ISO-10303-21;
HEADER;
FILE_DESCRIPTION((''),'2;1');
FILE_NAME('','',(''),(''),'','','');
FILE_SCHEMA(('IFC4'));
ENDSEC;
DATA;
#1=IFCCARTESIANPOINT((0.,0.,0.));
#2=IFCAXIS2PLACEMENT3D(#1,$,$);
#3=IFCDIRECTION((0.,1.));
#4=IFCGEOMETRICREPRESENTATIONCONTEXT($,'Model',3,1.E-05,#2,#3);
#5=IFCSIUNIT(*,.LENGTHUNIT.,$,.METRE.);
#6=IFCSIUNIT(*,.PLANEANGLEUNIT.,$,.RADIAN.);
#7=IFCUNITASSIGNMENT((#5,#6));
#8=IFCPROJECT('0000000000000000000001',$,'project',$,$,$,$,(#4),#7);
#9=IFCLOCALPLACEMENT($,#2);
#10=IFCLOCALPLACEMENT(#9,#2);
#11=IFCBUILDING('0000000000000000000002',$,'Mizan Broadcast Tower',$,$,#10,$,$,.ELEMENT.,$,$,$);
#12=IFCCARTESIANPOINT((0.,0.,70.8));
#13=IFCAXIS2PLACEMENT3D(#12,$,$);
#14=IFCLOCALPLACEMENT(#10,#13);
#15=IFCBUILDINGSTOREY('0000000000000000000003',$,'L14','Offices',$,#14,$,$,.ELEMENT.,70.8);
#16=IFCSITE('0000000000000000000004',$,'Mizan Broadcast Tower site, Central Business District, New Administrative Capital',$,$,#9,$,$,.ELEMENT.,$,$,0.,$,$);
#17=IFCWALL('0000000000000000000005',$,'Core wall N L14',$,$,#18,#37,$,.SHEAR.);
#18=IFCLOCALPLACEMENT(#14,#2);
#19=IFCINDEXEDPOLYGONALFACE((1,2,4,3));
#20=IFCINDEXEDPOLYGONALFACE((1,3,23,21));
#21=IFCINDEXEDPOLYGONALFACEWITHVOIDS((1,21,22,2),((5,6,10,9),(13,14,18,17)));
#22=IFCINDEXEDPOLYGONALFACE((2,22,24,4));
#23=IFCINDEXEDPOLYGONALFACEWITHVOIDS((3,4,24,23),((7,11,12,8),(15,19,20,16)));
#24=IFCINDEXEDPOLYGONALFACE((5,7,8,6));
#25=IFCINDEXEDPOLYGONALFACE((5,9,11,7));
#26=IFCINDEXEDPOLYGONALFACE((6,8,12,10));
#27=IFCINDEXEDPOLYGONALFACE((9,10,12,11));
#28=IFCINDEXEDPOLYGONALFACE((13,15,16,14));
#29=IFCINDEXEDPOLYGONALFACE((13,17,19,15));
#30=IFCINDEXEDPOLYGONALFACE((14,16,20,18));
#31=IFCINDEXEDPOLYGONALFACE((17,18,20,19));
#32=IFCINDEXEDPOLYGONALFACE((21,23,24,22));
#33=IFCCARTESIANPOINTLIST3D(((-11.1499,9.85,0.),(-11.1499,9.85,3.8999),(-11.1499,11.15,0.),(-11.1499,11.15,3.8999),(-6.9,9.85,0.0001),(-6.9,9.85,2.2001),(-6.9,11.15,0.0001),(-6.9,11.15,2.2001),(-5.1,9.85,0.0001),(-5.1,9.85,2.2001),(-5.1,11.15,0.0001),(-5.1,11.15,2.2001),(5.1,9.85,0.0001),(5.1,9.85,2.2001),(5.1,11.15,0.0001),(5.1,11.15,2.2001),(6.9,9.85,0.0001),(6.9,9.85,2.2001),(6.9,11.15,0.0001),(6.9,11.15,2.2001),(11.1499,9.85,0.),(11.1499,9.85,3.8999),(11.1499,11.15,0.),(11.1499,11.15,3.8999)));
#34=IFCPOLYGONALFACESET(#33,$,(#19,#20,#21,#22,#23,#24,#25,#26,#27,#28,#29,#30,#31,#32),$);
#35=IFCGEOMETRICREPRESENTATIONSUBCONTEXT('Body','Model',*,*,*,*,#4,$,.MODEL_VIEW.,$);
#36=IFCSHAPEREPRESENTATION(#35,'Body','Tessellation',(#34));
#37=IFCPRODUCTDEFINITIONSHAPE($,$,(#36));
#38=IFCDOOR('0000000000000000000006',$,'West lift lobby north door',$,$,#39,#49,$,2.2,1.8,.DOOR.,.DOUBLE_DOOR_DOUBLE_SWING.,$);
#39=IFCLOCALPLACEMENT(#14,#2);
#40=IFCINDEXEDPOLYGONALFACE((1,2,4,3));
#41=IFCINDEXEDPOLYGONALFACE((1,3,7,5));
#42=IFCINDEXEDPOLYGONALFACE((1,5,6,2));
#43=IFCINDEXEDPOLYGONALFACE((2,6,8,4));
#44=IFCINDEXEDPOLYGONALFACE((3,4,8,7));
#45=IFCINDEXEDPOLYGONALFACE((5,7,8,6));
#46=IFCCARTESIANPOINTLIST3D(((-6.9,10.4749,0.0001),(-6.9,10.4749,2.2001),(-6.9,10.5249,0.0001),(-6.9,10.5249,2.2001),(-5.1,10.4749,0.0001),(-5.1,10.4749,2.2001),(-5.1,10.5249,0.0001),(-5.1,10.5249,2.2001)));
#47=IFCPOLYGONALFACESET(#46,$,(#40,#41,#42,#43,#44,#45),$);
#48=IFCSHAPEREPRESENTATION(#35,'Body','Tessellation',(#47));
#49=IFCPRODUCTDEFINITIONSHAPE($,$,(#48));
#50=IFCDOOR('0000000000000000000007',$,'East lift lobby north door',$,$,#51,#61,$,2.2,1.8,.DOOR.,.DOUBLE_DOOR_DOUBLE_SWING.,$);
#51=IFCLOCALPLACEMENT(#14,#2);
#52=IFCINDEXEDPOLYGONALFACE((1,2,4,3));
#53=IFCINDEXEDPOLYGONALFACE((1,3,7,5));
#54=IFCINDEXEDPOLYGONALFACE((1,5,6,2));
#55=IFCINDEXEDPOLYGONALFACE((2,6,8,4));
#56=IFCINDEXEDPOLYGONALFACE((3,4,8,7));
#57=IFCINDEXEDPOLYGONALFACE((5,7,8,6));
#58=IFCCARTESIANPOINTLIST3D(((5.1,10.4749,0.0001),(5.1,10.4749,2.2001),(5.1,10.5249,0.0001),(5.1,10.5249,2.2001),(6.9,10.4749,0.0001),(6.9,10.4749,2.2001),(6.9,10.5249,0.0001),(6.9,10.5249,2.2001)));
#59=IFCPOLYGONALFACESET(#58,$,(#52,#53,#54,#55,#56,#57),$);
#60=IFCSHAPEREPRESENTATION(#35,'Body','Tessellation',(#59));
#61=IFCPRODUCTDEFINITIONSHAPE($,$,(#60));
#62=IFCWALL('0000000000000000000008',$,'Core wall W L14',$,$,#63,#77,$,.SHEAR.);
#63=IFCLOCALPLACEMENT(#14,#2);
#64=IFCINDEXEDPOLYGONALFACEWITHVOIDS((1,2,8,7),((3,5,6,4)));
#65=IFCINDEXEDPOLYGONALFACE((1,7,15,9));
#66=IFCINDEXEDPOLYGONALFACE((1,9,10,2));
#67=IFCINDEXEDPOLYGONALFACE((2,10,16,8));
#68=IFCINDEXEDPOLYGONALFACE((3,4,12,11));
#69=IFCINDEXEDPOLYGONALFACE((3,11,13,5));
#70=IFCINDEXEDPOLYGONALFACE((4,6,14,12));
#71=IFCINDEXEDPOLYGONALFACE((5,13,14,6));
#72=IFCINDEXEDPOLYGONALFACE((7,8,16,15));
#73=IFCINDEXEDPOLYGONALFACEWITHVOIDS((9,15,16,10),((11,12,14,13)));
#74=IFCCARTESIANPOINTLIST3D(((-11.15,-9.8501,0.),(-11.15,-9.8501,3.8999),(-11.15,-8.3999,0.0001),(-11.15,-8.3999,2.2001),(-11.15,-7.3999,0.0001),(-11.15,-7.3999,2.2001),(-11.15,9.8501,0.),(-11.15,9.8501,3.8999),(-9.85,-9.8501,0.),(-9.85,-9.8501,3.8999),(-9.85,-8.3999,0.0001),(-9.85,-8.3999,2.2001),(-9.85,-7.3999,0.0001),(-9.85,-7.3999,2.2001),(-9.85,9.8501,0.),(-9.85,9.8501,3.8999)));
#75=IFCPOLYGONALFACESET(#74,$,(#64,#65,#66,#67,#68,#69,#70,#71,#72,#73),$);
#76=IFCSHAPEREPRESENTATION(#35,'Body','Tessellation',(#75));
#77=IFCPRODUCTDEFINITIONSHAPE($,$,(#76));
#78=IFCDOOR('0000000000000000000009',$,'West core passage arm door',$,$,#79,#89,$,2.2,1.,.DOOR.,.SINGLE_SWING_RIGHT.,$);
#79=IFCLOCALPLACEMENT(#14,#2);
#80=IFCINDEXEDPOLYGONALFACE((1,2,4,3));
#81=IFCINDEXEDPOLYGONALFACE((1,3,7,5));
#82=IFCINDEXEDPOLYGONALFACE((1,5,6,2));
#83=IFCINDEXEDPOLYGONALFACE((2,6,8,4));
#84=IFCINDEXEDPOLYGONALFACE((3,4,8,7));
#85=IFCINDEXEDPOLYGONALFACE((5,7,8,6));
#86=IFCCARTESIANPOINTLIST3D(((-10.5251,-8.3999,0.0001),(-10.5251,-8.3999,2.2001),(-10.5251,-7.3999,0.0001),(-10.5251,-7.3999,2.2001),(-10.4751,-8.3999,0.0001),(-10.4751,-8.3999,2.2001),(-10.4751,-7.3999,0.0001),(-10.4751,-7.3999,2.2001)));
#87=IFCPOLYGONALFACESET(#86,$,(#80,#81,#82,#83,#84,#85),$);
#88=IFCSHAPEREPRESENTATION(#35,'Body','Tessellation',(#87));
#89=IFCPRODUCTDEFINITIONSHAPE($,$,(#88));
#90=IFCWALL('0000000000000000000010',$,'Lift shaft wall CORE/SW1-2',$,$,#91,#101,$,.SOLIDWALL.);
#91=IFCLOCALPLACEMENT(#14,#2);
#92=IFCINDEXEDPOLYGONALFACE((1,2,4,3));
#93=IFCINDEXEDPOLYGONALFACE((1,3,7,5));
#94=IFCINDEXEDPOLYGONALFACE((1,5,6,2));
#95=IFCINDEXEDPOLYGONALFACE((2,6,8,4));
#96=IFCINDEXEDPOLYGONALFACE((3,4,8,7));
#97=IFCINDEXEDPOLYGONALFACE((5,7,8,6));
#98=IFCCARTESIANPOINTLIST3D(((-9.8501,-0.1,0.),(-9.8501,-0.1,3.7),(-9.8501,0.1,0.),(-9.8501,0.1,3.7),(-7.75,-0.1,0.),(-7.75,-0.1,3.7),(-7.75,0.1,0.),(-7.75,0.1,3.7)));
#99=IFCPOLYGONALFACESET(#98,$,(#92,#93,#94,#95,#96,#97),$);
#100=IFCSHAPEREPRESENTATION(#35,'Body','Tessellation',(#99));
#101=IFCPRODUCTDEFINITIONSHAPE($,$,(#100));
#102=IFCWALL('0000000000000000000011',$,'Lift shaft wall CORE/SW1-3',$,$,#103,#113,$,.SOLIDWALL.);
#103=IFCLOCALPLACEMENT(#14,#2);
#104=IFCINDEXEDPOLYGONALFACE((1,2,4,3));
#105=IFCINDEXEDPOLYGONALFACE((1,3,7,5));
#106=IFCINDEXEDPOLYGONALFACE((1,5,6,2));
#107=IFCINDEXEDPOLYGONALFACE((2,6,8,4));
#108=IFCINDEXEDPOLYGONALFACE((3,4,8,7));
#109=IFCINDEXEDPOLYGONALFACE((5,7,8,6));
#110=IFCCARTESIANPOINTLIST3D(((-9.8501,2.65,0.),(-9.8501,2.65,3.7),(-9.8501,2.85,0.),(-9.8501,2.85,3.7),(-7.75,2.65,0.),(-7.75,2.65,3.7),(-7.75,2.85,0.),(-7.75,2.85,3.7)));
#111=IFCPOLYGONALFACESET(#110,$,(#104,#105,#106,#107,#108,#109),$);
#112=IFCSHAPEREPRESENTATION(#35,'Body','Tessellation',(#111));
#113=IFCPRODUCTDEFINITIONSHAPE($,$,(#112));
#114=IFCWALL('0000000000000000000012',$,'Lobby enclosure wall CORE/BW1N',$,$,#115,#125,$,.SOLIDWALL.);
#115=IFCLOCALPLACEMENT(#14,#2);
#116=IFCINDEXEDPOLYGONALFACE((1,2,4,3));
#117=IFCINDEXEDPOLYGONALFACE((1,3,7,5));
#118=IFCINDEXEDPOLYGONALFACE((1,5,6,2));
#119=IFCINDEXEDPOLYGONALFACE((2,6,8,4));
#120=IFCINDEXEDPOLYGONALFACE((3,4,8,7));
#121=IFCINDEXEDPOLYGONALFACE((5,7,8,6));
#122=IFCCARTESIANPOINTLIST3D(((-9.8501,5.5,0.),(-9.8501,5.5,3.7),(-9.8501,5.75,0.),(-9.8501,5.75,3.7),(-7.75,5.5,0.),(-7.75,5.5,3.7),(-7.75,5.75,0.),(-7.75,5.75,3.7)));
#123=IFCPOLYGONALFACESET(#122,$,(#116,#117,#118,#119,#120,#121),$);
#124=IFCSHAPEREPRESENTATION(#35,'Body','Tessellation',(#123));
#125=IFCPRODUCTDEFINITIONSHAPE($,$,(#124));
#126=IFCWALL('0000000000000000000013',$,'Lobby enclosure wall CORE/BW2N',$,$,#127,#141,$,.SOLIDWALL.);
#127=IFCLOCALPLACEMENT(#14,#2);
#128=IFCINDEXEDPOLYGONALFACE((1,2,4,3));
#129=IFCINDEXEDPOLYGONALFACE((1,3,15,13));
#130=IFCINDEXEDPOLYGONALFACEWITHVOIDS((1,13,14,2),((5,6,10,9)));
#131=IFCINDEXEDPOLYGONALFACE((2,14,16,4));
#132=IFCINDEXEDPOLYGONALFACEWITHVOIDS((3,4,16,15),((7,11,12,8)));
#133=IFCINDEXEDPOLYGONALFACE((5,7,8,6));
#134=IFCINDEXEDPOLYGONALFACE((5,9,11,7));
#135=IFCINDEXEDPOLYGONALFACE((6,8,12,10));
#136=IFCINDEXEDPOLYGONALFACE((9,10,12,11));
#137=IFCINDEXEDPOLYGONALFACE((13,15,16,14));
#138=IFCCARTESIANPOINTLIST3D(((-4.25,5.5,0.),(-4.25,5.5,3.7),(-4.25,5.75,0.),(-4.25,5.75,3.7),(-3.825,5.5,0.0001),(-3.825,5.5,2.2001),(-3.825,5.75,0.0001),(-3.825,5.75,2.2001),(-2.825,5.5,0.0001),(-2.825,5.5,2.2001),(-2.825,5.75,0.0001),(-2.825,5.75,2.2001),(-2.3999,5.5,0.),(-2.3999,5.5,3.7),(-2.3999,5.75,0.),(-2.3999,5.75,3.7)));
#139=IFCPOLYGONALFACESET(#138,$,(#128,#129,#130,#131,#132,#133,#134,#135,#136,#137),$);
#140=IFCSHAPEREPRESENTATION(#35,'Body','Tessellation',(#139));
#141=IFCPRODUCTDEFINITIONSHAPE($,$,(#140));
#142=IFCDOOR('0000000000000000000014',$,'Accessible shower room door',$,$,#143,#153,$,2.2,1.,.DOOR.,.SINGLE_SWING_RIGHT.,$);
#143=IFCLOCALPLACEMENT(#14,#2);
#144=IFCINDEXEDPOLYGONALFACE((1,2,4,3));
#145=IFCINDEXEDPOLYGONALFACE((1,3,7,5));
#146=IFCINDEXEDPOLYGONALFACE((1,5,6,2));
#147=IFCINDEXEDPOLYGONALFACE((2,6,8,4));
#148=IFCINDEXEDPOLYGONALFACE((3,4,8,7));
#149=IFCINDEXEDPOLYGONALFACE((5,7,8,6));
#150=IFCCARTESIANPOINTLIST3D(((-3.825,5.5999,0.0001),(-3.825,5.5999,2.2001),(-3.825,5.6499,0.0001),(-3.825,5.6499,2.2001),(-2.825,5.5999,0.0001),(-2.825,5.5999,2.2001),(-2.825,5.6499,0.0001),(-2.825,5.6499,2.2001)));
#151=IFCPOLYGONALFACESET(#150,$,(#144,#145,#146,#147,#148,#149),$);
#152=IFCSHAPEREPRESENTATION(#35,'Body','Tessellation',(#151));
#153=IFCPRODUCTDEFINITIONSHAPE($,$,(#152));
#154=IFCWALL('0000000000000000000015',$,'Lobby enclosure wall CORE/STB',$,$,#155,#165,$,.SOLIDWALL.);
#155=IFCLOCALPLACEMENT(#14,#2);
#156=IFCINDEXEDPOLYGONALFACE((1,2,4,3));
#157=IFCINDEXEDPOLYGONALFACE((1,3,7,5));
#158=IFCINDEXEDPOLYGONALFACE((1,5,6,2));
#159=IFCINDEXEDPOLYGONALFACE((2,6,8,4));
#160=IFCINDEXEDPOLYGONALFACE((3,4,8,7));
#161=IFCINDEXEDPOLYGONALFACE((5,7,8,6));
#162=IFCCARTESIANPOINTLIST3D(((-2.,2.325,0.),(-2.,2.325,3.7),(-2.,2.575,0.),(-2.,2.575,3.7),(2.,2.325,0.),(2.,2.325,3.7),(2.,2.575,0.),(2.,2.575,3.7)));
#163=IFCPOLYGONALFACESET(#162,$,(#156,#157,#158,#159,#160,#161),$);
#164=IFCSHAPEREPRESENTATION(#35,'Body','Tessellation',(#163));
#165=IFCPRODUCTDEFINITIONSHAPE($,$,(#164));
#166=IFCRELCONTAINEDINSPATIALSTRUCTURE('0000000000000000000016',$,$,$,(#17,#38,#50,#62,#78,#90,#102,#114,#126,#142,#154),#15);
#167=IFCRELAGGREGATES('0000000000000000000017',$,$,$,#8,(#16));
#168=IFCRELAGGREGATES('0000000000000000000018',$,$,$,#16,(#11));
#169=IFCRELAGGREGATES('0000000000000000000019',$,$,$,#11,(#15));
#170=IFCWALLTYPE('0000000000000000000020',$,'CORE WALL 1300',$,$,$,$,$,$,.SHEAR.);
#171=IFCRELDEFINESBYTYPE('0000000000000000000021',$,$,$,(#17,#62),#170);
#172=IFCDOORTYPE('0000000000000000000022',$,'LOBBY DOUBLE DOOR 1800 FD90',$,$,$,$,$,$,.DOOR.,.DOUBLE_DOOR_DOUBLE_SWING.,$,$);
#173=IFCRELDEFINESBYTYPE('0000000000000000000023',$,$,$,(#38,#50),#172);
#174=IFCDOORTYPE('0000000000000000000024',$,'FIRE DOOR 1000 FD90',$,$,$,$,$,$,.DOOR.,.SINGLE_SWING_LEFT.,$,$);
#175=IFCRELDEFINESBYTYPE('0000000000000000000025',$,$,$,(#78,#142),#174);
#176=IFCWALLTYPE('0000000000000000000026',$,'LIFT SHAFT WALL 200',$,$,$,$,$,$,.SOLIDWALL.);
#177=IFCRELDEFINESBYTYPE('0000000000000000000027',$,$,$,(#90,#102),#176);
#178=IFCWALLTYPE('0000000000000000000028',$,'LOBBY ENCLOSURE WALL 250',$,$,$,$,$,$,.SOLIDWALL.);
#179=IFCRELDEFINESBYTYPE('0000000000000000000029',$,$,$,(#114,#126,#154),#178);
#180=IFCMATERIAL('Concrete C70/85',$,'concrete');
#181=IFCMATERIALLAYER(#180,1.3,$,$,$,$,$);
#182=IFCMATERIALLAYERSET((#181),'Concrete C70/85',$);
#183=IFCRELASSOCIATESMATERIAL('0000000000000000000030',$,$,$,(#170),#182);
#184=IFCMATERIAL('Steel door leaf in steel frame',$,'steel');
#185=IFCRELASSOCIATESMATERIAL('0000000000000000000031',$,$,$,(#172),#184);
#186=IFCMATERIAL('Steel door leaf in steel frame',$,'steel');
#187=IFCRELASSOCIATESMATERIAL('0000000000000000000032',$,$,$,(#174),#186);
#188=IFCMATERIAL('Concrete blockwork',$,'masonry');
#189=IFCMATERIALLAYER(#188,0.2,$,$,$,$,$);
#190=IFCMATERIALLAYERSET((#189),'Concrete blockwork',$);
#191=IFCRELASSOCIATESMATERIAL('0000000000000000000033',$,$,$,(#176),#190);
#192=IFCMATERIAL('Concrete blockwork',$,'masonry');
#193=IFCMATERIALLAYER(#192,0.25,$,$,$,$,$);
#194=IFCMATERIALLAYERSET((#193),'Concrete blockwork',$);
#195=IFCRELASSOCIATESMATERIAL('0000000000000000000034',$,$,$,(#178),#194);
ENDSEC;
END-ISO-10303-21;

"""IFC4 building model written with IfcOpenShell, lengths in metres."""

from ifc_helpers import new_model, si_unit, direction, frame, frame_2d, origin, place, context, subcontext, project, spatial, rectangle, extrude, material, layer, layer_set, type_object, element, fill, save


model = new_model("IFC4")

# Units and contexts
model_context = context("Model", 3, precision=1e-05, world=origin(), true_north=direction((0.0, 1.0)))
body_context = subcontext(model_context, "Body", "Model", "MODEL_VIEW")
ifc_project = project(units=[si_unit("LENGTHUNIT", "METRE"), si_unit("PLANEANGLEUNIT", "RADIAN")], contexts=[model_context])

# Site, building, storey
site_placement = place(None, origin())
site = spatial("IfcSite", under=ifc_project, at=site_placement, Name="Mizan Broadcast Tower site, Central Business District, New Administrative Capital", CompositionType="ELEMENT", RefElevation=0.0)
building_placement = place(site_placement, origin())
building = spatial("IfcBuilding", under=site, at=building_placement, Name="Mizan Broadcast Tower", CompositionType="ELEMENT")
storey_placement = place(building_placement, frame((0.0, 0.0, 70.8)))
storey = spatial("IfcBuildingStorey", under=building, at=storey_placement, Name="L14", Description="Offices", CompositionType="ELEMENT", Elevation=70.8)

# Wall, openings, doors
ifc_material_1 = material(Name="Concrete C70/85", Category="concrete")
ifc_layer_1 = layer(ifc_material_1, 1.3)
ifc_layer_set_1 = layer_set([ifc_layer_1], Name="Concrete C70/85")
wall_type_1 = type_object("IfcWallType", Name="CORE WALL 1300", PredefinedType="SHEAR", material=ifc_layer_set_1)
wall_1_placement = place(storey_placement, frame((-11.1499, 10.5, 0.0), z_axis=(0.0, 0.0, 1.0), x_axis=(1.0, 0.0, 0.0)))
wall_1 = element("IfcWall", 1, at=wall_1_placement, inside=storey, type_object=wall_type_1, Name="Core wall N L14", PredefinedType="SHEAR", context=body_context, shape_type="SweptSolid", body=[
    extrude(rectangle(XDim=22.2998, YDim=1.3, at=frame_2d((11.1499, 0.0))), origin(), (0.0, 0.0, 1.0), 3.8999),
])
opening_1_placement = place(wall_1_placement, frame((4.25, 0.0, 0.0)))
opening_1 = element("IfcOpeningElement", 2, at=opening_1_placement, cuts=wall_1, PredefinedType="OPENING", context=body_context, shape_type="SweptSolid", body=[
    extrude(rectangle(XDim=1.8, YDim=2.2, at=frame_2d((0.8999, 1.1001))), frame((0.0, 0.6599, 0.0), z_axis=(0.0, -1.0, 0.0), x_axis=(1.0, 0.0, 0.0)), (0.0, 0.0, 1.0), 1.3201),
])
opening_2_placement = place(wall_1_placement, frame((16.25, 0.0, 0.0)))
opening_2 = element("IfcOpeningElement", 3, at=opening_2_placement, cuts=wall_1, PredefinedType="OPENING", context=body_context, shape_type="SweptSolid", body=[
    extrude(rectangle(XDim=1.8, YDim=2.2, at=frame_2d((0.8999, 1.1001))), frame((0.0, 0.6599, 0.0), z_axis=(0.0, -1.0, 0.0), x_axis=(1.0, 0.0, 0.0)), (0.0, 0.0, 1.0), 1.3201),
])
ifc_material_2 = material(Name="Steel door leaf in steel frame", Category="steel")
door_type_1 = type_object("IfcDoorType", Name="LOBBY DOUBLE DOOR 1800 FD90", OperationType="DOUBLE_DOOR_DOUBLE_SWING", PredefinedType="DOOR", material=ifc_material_2)
door_1_placement = place(opening_1_placement, origin())
door_1 = element("IfcDoor", 4, at=door_1_placement, inside=storey, type_object=door_type_1, Name="West lift lobby north door", OperationType="DOUBLE_DOOR_DOUBLE_SWING", OverallHeight=2.2, OverallWidth=1.8, PredefinedType="DOOR", context=body_context, shape_type="SweptSolid", body=[
    extrude(rectangle(XDim=1.8, YDim=2.2, at=frame_2d((0.8999, 1.1001))), frame((0.0, 0.0249, 0.0), z_axis=(0.0, -1.0, 0.0), x_axis=(1.0, 0.0, 0.0)), (0.0, 0.0, 1.0), 0.05),
])
fill(opening_1, door_1)
door_2_placement = place(opening_2_placement, origin())
door_2 = element("IfcDoor", 5, at=door_2_placement, inside=storey, type_object=door_type_1, Name="East lift lobby north door", OperationType="DOUBLE_DOOR_DOUBLE_SWING", OverallHeight=2.2, OverallWidth=1.8, PredefinedType="DOOR", context=body_context, shape_type="SweptSolid", body=[
    extrude(rectangle(XDim=1.8, YDim=2.2, at=frame_2d((0.8999, 1.1001))), frame((0.0, 0.0249, 0.0), z_axis=(0.0, -1.0, 0.0), x_axis=(1.0, 0.0, 0.0)), (0.0, 0.0, 1.0), 0.05),
])
fill(opening_2, door_2)

# Wall, opening, door
wall_2_placement = place(storey_placement, frame((-10.5, 9.8501, 0.0), z_axis=(0.0, 0.0, 1.0), x_axis=(0.0, -1.0, 0.0)))
wall_2 = element("IfcWall", 6, at=wall_2_placement, inside=storey, type_object=wall_type_1, Name="Core wall W L14", PredefinedType="SHEAR", context=body_context, shape_type="SweptSolid", body=[
    extrude(rectangle(XDim=19.7002, YDim=1.3, at=frame_2d((9.8501, 0.0))), origin(), (0.0, 0.0, 1.0), 3.8999),
])
opening_3_placement = place(wall_2_placement, frame((17.25, 0.0, 0.0)))
opening_3 = element("IfcOpeningElement", 7, at=opening_3_placement, cuts=wall_2, PredefinedType="OPENING", context=body_context, shape_type="SweptSolid", body=[
    extrude(rectangle(XDim=1.0, YDim=2.2, at=frame_2d((0.5, 1.1001))), frame((0.0, 0.6599, 0.0), z_axis=(0.0, -1.0, 0.0), x_axis=(1.0, 0.0, 0.0)), (0.0, 0.0, 1.0), 1.3201),
])
ifc_material_3 = material(Name="Steel door leaf in steel frame", Category="steel")
door_type_2 = type_object("IfcDoorType", Name="FIRE DOOR 1000 FD90", OperationType="SINGLE_SWING_LEFT", PredefinedType="DOOR", material=ifc_material_3)
door_3_placement = place(opening_3_placement, origin())
door_3 = element("IfcDoor", 8, at=door_3_placement, inside=storey, type_object=door_type_2, Name="West core passage arm door", OperationType="SINGLE_SWING_RIGHT", OverallHeight=2.2, OverallWidth=1.0, PredefinedType="DOOR", context=body_context, shape_type="SweptSolid", body=[
    extrude(rectangle(XDim=1.0, YDim=2.2, at=frame_2d((0.5, 1.1001))), frame((0.0, 0.0249, 0.0), z_axis=(0.0, -1.0, 0.0), x_axis=(1.0, 0.0, 0.0)), (0.0, 0.0, 1.0), 0.05),
])
fill(opening_3, door_3)

# Walls
ifc_material_4 = material(Name="Concrete blockwork", Category="masonry")
ifc_layer_2 = layer(ifc_material_4, 0.2)
ifc_layer_set_2 = layer_set([ifc_layer_2], Name="Concrete blockwork")
wall_type_2 = type_object("IfcWallType", Name="LIFT SHAFT WALL 200", PredefinedType="SOLIDWALL", material=ifc_layer_set_2)
for number, where, z_axis, x_axis, name in (
    (9, (-9.8501, 0.0, 0.0), (0.0, 0.0, 1.0), (1.0, 0.0, 0.0), "Lift shaft wall CORE/SW1-2"),
    (10, (-9.8501, 2.75, 0.0), (0.0, 0.0, 1.0), (1.0, 0.0, 0.0), "Lift shaft wall CORE/SW1-3"),
):
    element("IfcWall", number, at=place(storey_placement, frame(where, z_axis=z_axis, x_axis=x_axis)), inside=storey, type_object=wall_type_2, Name=name, PredefinedType="SOLIDWALL", context=body_context, shape_type="SweptSolid", body=[
        extrude(rectangle(XDim=2.1001, YDim=0.2, at=frame_2d((1.05, 0.0))), origin(), (0.0, 0.0, 1.0), 3.7),
    ])
ifc_material_5 = material(Name="Concrete blockwork", Category="masonry")
ifc_layer_3 = layer(ifc_material_5, 0.25)
ifc_layer_set_3 = layer_set([ifc_layer_3], Name="Concrete blockwork")
wall_type_3 = type_object("IfcWallType", Name="LOBBY ENCLOSURE WALL 250", PredefinedType="SOLIDWALL", material=ifc_layer_set_3)
wall_3_placement = place(storey_placement, frame((-9.8501, 5.625, 0.0), z_axis=(0.0, 0.0, 1.0), x_axis=(1.0, 0.0, 0.0)))
element("IfcWall", 11, at=wall_3_placement, inside=storey, type_object=wall_type_3, Name="Lobby enclosure wall CORE/BW1N", PredefinedType="SOLIDWALL", context=body_context, shape_type="SweptSolid", body=[
    extrude(rectangle(XDim=2.1001, YDim=0.25, at=frame_2d((1.05, 0.0))), origin(), (0.0, 0.0, 1.0), 3.7),
])

# Wall, opening, door
wall_4_placement = place(storey_placement, frame((-4.25, 5.625, 0.0), z_axis=(0.0, 0.0, 1.0), x_axis=(1.0, 0.0, 0.0)))
wall_4 = element("IfcWall", 12, at=wall_4_placement, inside=storey, type_object=wall_type_3, Name="Lobby enclosure wall CORE/BW2N", PredefinedType="SOLIDWALL", context=body_context, shape_type="SweptSolid", body=[
    extrude(rectangle(XDim=1.8501, YDim=0.25, at=frame_2d((0.925, 0.0))), origin(), (0.0, 0.0, 1.0), 3.7),
])
opening_4_placement = place(wall_4_placement, frame((0.425, 0.0, 0.0)))
opening_4 = element("IfcOpeningElement", 13, at=opening_4_placement, cuts=wall_4, PredefinedType="OPENING", context=body_context, shape_type="SweptSolid", body=[
    extrude(rectangle(XDim=1.0, YDim=2.2, at=frame_2d((0.5, 1.1001))), frame((0.0, 0.135, 0.0), z_axis=(0.0, -1.0, 0.0), x_axis=(1.0, 0.0, 0.0)), (0.0, 0.0, 1.0), 0.27),
])
door_4_placement = place(opening_4_placement, origin())
door_4 = element("IfcDoor", 14, at=door_4_placement, inside=storey, type_object=door_type_2, Name="Accessible shower room door", OperationType="SINGLE_SWING_RIGHT", OverallHeight=2.2, OverallWidth=1.0, PredefinedType="DOOR", context=body_context, shape_type="SweptSolid", body=[
    extrude(rectangle(XDim=1.0, YDim=2.2, at=frame_2d((0.5, 1.1001))), frame((0.0, 0.0249, 0.0), z_axis=(0.0, -1.0, 0.0), x_axis=(1.0, 0.0, 0.0)), (0.0, 0.0, 1.0), 0.05),
])
fill(opening_4, door_4)

# Wall
wall_5_placement = place(storey_placement, frame((-2.0, 2.45, 0.0), z_axis=(0.0, 0.0, 1.0), x_axis=(1.0, 0.0, 0.0)))
element("IfcWall", 15, at=wall_5_placement, inside=storey, type_object=wall_type_3, Name="Lobby enclosure wall CORE/STB", PredefinedType="SOLIDWALL", context=body_context, shape_type="SweptSolid", body=[
    extrude(rectangle(XDim=4.0, YDim=0.25, at=frame_2d((2.0, 0.0))), origin(), (0.0, 0.0, 1.0), 3.7),
])

save(model, "model.ifc")
